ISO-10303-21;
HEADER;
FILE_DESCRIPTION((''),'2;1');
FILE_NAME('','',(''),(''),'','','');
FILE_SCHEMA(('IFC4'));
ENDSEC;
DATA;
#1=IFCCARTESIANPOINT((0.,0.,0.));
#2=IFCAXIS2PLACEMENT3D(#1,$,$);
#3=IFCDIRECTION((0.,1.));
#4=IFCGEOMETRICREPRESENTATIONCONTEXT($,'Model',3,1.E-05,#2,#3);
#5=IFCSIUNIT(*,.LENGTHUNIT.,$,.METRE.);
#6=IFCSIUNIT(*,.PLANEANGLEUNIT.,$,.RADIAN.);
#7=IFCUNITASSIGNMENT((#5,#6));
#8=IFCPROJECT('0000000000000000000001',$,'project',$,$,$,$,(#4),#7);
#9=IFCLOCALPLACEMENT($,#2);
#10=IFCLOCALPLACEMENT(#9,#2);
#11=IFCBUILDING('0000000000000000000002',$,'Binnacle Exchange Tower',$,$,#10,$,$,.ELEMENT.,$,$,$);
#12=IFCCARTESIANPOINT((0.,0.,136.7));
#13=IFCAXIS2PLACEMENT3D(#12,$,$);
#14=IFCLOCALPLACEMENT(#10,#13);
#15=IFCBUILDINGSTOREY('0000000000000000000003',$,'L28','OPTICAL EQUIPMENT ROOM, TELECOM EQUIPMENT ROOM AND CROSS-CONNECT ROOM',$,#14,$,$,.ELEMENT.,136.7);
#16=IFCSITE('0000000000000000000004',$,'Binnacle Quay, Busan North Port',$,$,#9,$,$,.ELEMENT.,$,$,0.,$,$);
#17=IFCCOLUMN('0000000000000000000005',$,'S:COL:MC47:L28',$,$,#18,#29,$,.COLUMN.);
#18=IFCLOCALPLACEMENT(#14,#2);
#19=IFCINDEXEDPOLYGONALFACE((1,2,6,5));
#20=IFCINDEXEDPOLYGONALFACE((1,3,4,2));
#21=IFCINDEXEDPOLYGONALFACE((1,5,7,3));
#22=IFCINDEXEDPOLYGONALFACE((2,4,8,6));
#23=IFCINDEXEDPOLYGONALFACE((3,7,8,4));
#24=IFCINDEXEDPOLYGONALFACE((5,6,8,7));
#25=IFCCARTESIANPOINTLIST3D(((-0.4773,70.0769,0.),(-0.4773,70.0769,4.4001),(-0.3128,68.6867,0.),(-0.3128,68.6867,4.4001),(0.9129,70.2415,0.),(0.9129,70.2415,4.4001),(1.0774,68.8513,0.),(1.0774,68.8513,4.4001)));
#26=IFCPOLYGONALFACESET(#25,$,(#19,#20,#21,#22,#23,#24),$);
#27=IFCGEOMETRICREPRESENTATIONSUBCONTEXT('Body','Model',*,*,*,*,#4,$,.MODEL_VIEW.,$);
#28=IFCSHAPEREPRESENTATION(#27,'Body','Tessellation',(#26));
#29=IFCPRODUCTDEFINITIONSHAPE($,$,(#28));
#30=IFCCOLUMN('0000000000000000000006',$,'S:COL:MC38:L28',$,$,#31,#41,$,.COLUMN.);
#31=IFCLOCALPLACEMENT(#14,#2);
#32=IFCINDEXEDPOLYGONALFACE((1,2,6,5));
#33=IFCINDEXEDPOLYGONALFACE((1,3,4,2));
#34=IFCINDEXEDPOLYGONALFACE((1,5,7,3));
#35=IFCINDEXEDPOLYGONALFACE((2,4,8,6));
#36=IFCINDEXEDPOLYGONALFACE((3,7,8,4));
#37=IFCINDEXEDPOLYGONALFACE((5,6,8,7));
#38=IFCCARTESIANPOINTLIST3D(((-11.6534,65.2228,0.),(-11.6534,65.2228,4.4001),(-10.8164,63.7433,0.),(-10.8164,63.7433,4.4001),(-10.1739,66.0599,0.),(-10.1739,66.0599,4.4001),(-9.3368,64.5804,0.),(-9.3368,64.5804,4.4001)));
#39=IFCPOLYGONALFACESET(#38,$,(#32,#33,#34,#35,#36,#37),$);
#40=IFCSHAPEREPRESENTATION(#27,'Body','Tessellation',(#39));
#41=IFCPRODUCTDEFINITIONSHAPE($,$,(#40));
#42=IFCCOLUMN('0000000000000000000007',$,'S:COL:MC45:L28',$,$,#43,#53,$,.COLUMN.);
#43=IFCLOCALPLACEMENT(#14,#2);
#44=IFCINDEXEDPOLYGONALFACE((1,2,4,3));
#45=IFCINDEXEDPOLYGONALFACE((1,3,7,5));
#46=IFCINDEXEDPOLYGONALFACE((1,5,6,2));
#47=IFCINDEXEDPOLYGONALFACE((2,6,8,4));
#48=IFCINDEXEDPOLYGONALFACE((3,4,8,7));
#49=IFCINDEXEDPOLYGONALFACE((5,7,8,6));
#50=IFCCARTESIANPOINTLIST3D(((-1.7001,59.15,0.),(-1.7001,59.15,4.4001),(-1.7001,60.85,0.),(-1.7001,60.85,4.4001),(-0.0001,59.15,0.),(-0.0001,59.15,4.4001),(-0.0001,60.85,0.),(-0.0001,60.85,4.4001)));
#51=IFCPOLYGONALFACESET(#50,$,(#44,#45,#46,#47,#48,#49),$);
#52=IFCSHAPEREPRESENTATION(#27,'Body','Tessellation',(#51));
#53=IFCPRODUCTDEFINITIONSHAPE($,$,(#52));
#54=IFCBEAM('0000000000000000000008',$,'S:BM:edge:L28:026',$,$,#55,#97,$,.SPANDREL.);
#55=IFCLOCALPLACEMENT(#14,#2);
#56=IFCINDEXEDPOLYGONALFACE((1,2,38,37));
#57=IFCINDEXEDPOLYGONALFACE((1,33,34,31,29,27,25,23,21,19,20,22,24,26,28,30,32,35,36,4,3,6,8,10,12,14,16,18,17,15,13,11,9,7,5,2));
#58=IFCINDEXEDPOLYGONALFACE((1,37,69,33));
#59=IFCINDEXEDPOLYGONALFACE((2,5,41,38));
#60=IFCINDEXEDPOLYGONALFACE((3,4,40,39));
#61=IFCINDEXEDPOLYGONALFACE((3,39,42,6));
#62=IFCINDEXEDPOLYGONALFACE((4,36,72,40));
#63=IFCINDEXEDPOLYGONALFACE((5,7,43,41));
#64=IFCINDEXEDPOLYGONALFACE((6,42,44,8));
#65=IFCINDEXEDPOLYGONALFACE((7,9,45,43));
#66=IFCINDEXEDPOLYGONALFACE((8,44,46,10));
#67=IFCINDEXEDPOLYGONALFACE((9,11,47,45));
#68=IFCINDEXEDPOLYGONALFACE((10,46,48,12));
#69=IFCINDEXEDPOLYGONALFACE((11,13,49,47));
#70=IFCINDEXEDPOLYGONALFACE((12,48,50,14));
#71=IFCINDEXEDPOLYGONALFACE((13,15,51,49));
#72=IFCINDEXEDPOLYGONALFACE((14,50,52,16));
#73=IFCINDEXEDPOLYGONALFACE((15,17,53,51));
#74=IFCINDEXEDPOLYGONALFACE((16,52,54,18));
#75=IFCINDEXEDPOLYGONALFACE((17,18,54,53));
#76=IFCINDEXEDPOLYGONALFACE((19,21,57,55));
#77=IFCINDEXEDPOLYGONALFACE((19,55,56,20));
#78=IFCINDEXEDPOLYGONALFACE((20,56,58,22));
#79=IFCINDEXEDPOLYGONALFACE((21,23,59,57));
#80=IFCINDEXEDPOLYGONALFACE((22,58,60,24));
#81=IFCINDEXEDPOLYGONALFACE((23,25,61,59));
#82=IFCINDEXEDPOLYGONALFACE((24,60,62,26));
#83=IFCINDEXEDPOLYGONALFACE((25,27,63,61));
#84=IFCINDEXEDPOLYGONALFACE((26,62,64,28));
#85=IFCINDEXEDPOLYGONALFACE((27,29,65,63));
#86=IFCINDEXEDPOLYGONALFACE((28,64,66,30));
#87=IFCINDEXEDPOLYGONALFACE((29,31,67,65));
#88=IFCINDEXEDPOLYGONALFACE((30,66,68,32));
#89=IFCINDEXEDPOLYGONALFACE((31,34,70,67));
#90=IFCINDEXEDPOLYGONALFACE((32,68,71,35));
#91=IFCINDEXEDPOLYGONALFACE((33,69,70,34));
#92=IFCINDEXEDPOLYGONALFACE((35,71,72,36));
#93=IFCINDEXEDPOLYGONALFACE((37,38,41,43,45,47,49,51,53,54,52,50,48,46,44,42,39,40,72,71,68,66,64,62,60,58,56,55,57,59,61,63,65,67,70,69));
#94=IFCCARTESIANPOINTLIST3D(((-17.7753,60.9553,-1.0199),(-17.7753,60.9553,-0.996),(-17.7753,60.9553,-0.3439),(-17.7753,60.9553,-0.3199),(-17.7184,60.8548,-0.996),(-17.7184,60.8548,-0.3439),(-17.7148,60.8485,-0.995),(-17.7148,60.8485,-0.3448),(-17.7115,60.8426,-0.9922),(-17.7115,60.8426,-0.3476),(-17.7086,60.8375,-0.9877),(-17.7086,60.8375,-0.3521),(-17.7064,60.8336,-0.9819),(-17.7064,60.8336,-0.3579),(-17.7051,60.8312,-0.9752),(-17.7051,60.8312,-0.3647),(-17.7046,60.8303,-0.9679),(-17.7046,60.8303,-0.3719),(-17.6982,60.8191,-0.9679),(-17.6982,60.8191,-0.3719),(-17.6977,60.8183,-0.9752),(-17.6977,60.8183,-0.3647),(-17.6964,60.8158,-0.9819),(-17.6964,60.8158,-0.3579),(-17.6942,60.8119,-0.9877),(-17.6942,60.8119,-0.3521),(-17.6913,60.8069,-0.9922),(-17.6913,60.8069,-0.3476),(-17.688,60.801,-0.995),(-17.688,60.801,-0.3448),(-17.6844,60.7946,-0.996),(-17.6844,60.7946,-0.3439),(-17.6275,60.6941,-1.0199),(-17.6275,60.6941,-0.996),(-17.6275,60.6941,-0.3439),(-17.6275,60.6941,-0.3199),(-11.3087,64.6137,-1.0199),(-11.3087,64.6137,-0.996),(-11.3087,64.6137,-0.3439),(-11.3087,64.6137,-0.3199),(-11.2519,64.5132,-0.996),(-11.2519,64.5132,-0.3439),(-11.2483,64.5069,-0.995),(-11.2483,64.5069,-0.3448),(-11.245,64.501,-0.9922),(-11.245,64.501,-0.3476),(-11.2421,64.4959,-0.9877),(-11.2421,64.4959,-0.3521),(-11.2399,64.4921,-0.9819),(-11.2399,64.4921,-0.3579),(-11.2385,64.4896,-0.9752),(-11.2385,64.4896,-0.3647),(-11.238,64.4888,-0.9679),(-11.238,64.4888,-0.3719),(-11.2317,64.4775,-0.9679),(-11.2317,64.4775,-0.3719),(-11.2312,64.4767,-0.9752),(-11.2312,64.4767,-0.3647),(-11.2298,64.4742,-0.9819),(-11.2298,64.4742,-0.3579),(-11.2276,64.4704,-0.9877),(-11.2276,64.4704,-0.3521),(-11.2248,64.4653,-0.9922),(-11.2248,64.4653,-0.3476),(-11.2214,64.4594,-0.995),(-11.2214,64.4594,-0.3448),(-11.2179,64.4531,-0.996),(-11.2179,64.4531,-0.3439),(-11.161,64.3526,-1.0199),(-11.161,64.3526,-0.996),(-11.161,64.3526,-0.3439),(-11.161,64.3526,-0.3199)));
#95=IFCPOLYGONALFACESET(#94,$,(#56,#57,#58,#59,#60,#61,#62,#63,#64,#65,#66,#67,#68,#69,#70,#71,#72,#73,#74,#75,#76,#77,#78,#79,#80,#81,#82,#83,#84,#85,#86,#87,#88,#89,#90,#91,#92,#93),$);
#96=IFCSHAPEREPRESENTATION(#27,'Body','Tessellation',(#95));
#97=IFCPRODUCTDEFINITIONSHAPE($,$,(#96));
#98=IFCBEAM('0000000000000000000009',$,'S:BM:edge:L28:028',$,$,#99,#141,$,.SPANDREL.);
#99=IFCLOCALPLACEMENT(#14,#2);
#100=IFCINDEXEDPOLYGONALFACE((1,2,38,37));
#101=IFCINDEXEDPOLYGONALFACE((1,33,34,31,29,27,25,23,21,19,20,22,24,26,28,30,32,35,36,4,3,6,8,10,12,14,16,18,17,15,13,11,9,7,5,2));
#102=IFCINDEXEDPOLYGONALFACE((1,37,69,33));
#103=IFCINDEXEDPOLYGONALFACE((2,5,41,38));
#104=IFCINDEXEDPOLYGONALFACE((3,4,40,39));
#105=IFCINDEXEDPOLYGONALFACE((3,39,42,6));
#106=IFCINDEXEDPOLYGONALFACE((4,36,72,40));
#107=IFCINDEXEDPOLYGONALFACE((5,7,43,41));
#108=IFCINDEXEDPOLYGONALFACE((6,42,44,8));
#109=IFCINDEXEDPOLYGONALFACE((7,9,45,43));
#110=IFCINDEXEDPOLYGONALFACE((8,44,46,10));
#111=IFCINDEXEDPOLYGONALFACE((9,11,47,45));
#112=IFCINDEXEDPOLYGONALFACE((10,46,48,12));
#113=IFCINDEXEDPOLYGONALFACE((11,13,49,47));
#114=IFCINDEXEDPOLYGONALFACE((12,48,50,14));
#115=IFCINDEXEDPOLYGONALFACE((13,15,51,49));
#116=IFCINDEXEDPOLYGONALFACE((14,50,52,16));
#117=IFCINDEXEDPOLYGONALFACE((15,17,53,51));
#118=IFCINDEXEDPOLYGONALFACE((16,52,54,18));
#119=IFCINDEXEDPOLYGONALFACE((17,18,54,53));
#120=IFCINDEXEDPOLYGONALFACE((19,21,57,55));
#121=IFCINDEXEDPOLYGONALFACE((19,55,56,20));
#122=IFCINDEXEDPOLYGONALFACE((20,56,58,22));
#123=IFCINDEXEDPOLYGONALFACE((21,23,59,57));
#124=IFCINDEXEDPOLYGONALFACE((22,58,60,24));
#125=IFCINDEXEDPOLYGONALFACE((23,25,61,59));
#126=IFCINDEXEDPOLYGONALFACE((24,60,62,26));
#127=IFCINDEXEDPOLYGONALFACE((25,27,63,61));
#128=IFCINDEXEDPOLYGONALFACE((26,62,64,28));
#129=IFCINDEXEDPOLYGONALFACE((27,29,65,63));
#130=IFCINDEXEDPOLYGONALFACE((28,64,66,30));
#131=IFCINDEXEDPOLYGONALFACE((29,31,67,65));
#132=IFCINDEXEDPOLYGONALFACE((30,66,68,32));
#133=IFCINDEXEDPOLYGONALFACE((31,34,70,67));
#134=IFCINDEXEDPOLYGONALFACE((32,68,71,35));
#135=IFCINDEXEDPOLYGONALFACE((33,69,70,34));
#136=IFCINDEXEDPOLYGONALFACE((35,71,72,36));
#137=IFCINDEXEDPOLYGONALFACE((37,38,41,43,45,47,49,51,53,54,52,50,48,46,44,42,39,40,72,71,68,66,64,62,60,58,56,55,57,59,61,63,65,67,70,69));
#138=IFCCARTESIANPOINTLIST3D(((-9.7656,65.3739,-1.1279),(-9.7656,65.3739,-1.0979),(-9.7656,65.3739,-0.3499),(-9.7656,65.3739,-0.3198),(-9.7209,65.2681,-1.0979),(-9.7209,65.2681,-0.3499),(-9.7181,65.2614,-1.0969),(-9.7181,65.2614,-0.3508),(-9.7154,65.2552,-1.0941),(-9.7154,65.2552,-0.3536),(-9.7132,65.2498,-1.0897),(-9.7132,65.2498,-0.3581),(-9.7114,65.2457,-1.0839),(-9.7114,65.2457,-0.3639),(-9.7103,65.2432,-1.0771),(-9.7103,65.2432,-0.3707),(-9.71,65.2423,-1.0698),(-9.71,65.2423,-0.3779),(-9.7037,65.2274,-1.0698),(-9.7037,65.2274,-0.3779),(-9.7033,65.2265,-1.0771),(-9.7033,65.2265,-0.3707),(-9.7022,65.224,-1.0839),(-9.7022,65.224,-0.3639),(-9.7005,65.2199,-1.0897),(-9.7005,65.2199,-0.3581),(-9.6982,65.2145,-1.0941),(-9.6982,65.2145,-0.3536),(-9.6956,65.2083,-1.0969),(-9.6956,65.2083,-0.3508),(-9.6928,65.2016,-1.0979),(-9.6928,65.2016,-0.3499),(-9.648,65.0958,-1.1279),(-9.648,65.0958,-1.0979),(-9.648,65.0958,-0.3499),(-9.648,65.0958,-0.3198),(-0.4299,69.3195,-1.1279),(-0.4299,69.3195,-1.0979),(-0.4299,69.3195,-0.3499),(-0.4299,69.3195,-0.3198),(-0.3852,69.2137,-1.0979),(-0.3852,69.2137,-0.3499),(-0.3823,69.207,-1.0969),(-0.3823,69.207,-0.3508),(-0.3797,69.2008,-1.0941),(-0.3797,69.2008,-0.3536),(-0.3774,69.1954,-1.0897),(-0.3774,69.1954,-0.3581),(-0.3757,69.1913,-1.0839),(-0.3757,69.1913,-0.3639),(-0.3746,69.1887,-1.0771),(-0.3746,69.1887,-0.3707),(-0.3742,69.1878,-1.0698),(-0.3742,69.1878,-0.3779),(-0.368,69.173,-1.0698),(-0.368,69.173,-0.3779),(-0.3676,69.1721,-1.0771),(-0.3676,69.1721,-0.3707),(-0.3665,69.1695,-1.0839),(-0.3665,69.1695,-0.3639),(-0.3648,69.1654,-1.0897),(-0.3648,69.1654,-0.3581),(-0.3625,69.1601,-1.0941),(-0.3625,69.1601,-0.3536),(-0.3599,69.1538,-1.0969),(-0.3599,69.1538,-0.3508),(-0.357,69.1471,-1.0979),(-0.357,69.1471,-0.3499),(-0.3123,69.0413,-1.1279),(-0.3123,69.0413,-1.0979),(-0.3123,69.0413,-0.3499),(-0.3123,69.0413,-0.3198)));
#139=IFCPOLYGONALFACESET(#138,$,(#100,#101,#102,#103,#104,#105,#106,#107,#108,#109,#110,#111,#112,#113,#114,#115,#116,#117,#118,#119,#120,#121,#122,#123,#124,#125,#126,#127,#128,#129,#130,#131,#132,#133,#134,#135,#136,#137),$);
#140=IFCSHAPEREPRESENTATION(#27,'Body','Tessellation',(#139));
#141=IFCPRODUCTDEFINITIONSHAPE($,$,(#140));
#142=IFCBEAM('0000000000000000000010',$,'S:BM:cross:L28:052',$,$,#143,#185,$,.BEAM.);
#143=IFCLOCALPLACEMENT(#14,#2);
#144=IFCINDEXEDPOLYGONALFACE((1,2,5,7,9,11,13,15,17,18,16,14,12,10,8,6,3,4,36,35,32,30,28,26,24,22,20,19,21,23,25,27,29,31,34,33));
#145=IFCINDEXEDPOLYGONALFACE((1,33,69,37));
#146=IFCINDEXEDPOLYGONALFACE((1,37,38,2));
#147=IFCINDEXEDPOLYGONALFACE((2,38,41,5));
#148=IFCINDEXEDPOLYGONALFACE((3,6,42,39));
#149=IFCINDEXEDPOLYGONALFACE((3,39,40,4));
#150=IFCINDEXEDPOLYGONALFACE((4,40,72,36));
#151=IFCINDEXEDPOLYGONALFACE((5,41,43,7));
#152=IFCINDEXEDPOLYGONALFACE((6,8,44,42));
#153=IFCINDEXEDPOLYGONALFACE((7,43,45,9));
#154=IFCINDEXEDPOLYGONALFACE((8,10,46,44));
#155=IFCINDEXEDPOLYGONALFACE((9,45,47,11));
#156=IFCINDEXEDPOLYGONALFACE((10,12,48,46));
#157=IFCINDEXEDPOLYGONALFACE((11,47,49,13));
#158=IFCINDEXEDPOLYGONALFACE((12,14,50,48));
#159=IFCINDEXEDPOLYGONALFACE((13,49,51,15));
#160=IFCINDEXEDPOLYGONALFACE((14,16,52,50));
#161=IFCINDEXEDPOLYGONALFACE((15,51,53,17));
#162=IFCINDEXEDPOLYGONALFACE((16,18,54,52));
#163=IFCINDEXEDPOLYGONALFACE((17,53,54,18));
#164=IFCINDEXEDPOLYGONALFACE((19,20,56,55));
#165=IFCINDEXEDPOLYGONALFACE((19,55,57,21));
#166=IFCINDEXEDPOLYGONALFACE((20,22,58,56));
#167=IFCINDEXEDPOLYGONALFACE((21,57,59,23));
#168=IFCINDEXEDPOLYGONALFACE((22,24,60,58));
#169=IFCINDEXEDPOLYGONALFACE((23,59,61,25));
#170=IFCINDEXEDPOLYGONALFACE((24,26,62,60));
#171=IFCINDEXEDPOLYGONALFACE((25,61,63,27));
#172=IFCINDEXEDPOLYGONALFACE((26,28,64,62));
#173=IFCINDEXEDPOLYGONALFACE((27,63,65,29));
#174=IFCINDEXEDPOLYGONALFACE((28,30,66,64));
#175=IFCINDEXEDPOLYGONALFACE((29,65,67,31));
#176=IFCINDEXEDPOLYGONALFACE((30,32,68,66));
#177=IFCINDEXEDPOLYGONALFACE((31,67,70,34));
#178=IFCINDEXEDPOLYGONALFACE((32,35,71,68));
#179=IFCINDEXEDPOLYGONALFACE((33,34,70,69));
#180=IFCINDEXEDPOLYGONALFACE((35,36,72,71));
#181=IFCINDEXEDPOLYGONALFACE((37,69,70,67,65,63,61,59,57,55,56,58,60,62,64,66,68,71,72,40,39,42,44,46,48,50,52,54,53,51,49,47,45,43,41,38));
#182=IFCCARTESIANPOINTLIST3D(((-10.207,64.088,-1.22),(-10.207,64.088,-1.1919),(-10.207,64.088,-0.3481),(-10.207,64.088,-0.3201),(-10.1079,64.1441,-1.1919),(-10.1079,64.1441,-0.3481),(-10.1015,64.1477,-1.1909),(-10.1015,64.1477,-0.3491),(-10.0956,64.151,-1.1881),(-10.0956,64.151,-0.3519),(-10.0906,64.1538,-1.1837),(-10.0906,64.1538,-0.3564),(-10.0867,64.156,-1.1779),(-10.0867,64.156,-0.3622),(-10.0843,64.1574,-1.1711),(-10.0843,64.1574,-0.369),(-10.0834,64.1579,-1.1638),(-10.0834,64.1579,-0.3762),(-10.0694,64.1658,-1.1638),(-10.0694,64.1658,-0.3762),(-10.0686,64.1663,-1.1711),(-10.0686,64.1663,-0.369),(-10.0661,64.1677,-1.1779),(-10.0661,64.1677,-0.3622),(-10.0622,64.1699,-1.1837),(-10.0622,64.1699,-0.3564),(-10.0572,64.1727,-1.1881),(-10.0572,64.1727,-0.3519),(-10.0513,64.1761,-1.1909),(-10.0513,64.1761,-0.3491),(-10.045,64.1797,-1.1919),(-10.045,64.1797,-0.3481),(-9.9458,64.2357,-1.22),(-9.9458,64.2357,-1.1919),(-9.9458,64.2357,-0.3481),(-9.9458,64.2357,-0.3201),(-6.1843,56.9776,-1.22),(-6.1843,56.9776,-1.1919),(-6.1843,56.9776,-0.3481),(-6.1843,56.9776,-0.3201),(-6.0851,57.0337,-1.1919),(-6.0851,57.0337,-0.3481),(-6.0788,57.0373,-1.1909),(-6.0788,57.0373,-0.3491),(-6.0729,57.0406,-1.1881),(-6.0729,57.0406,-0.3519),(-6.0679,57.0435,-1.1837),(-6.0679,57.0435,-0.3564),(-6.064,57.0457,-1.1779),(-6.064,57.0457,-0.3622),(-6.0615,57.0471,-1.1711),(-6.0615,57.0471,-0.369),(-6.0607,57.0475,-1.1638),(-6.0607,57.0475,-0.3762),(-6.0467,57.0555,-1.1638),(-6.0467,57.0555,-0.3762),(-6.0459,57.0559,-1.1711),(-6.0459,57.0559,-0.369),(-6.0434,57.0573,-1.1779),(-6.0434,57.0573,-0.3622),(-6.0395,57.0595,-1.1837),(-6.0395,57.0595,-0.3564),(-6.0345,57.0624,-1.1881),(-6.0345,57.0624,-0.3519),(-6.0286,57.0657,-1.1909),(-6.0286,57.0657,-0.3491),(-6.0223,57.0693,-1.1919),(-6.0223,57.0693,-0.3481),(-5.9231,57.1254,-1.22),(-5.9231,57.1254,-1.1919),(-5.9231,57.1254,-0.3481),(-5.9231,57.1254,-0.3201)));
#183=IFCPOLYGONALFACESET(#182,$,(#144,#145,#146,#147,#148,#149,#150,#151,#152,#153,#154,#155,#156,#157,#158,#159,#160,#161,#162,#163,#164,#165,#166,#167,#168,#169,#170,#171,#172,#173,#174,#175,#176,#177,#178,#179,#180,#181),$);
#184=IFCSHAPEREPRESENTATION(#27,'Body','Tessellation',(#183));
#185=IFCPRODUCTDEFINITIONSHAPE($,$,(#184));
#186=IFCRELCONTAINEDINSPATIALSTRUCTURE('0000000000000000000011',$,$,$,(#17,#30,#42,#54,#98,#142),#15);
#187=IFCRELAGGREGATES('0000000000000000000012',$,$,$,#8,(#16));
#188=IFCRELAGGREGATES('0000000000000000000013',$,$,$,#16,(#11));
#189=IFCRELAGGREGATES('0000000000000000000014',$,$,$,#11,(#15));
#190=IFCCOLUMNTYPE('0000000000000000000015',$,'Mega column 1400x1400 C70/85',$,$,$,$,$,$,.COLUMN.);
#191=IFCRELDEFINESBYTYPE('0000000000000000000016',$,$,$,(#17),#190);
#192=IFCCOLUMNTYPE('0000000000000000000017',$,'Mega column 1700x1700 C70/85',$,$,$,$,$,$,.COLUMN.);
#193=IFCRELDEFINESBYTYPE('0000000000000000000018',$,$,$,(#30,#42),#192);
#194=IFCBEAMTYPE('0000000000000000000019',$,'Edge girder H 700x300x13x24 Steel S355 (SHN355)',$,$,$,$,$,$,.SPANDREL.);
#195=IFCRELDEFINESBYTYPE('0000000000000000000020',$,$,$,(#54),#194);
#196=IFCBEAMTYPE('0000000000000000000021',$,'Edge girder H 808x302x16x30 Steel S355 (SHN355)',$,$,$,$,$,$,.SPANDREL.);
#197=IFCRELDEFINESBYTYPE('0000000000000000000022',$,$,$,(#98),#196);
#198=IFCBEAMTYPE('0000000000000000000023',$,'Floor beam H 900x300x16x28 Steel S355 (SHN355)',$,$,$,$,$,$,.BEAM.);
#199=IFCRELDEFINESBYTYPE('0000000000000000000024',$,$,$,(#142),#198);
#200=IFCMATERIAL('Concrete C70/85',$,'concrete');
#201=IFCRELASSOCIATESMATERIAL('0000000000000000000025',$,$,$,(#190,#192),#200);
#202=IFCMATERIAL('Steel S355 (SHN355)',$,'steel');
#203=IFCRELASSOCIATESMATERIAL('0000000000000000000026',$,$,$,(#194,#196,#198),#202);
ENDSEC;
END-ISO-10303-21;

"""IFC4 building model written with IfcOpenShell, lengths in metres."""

from ifc_helpers import new_model, si_unit, direction, frame, origin, origin_2d, place, context, subcontext, project, spatial, rectangle, i_section, extrude, material, material_profile, profile_set, type_object, element, save


model = new_model("IFC4")

# Units and contexts
model_context = context("Model", 3, precision=1e-05, world=origin(), true_north=direction((0.0, 1.0)))
body_context = subcontext(model_context, "Body", "Model", "MODEL_VIEW")
ifc_project = project(units=[si_unit("LENGTHUNIT", "METRE"), si_unit("PLANEANGLEUNIT", "RADIAN")], contexts=[model_context])

# Site, building, storey
site_placement = place(None, origin())
site = spatial("IfcSite", under=ifc_project, at=site_placement, Name="Binnacle Quay, Busan North Port", CompositionType="ELEMENT", RefElevation=0.0)
building_placement = place(site_placement, origin())
building = spatial("IfcBuilding", under=site, at=building_placement, Name="Binnacle Exchange Tower", CompositionType="ELEMENT")
storey_placement = place(building_placement, frame((0.0, 0.0, 136.7)))
storey = spatial("IfcBuildingStorey", under=building, at=storey_placement, Name="L28", Description="OPTICAL EQUIPMENT ROOM, TELECOM EQUIPMENT ROOM AND CROSS-CONNECT ROOM", CompositionType="ELEMENT", Elevation=136.7)

# Columns
ifc_material_1 = material(Name="Concrete C70/85", Category="concrete")
ifc_material_profile_1 = material_profile(ifc_material_1, rectangle(XDim=1.3999, YDim=1.3999, at=origin_2d()), Name="Mega column 1400x1400 C70/85")
ifc_profile_set_1 = profile_set([ifc_material_profile_1], Name="Concrete C70/85")
column_type_1 = type_object("IfcColumnType", Name="Mega column 1400x1400 C70/85", PredefinedType="COLUMN", material=ifc_profile_set_1)
column_placement = place(storey_placement, frame((0.3, 69.4641, 0.0), z_axis=(0.0, 0.0, 1.0), x_axis=(-0.993068, -0.117537, 0.0)))
element("IfcColumn", 1, at=column_placement, inside=storey, type_object=column_type_1, Name="S:COL:MC47:L28", PredefinedType="COLUMN", context=body_context, shape_type="SweptSolid", body=[
    extrude(rectangle(XDim=1.3999, YDim=1.3999, at=origin_2d()), origin(), (0.0, 0.0, 1.0), 4.4001),
])
ifc_material_profile_2 = material_profile(ifc_material_1, rectangle(XDim=1.7, YDim=1.7, at=origin_2d()), Name="Mega column 1700x1700 C70/85")
ifc_profile_set_2 = profile_set([ifc_material_profile_2], Name="Concrete C70/85")
column_type_2 = type_object("IfcColumnType", Name="Mega column 1700x1700 C70/85", PredefinedType="COLUMN", material=ifc_profile_set_2)
for number, where, z_axis, x_axis, name in (
    (2, (-10.4951, 64.9016, 0.0), (0.0, 0.0, 1.0), (-0.870356, -0.492424, 0.0), "S:COL:MC38:L28"),
    (3, (-0.8501, 60.0, 0.0), (0.0, 0.0, 1.0), (0.0, 1.0, 0.0), "S:COL:MC45:L28"),
):
    element("IfcColumn", number, at=place(storey_placement, frame(where, z_axis=z_axis, x_axis=x_axis)), inside=storey, type_object=column_type_2, Name=name, PredefinedType="COLUMN", context=body_context, shape_type="SweptSolid", body=[
        extrude(rectangle(XDim=1.7, YDim=1.7, at=origin_2d()), origin(), (0.0, 0.0, 1.0), 4.4001),
    ])

# Beams
ifc_material_2 = material(Name="Steel S355 (SHN355)", Category="steel")
ifc_material_profile_3 = material_profile(ifc_material_2, i_section(OverallWidth=0.3, OverallDepth=0.7, WebThickness=0.0129, FlangeThickness=0.0239, FilletRadius=0.0281, at=origin_2d()), Name="H 700x300x13x24")
ifc_profile_set_3 = profile_set([ifc_material_profile_3], Name="Steel S355 (SHN355)")
beam_type_1 = type_object("IfcBeamType", Name="Edge girder H 700x300x13x24 Steel S355 (SHN355)", PredefinedType="SPANDREL", material=ifc_profile_set_3)
beam_1_placement = place(storey_placement, frame((-11.2349, 64.4832, -0.6699), z_axis=(-0.870364, -0.492408, 0.0), x_axis=(0.492408, -0.870364, 0.0)))
element("IfcBeam", 4, at=beam_1_placement, inside=storey, type_object=beam_type_1, Name="S:BM:edge:L28:026", PredefinedType="SPANDREL", context=body_context, shape_type="SweptSolid", body=[
    extrude(i_section(OverallWidth=0.3, OverallDepth=0.7, WebThickness=0.0129, FlangeThickness=0.0239, FilletRadius=0.0281, at=origin_2d()), origin(), (0.0, 0.0, 1.0), 7.4297),
])
ifc_material_profile_4 = material_profile(ifc_material_2, i_section(OverallWidth=0.302, OverallDepth=0.8081, WebThickness=0.0161, FlangeThickness=0.03, FilletRadius=0.0281, at=origin_2d()), Name="H 808x302x16x30")
ifc_profile_set_4 = profile_set([ifc_material_profile_4], Name="Steel S355 (SHN355)")
beam_type_2 = type_object("IfcBeamType", Name="Edge girder H 808x302x16x30 Steel S355 (SHN355)", PredefinedType="SPANDREL", material=ifc_profile_set_4)
beam_2_placement = place(storey_placement, frame((-0.3711, 69.1804, -0.7239), z_axis=(-0.921114, -0.389292, 0.0), x_axis=(0.389292, -0.921114, 0.0)))
element("IfcBeam", 5, at=beam_2_placement, inside=storey, type_object=beam_type_2, Name="S:BM:edge:L28:028", PredefinedType="SPANDREL", context=body_context, shape_type="SweptSolid", body=[
    extrude(i_section(OverallWidth=0.302, OverallDepth=0.8081, WebThickness=0.0161, FlangeThickness=0.03, FilletRadius=0.0281, at=origin_2d()), origin(), (0.0, 0.0, 1.0), 10.1353),
])
ifc_material_profile_5 = material_profile(ifc_material_2, i_section(OverallWidth=0.3, OverallDepth=0.8999, WebThickness=0.0161, FlangeThickness=0.0281, FilletRadius=0.0281, at=origin_2d()), Name="H 900x300x16x28")
ifc_profile_set_5 = profile_set([ifc_material_profile_5], Name="Steel S355 (SHN355)")
beam_type_3 = type_object("IfcBeamType", Name="Floor beam H 900x300x16x28 Steel S355 (SHN355)", PredefinedType="BEAM", material=ifc_profile_set_5)
beam_3_placement = place(storey_placement, frame((-10.0764, 64.1619, -0.77), z_axis=(0.492411, -0.870363, 0.0), x_axis=(0.870363, 0.492411, 0.0)))
element("IfcBeam", 6, at=beam_3_placement, inside=storey, type_object=beam_type_3, Name="S:BM:cross:L28:052", PredefinedType="BEAM", context=body_context, shape_type="SweptSolid", body=[
    extrude(i_section(OverallWidth=0.3, OverallDepth=0.8999, WebThickness=0.0161, FlangeThickness=0.0281, FilletRadius=0.0281, at=origin_2d()), origin(), (0.0, 0.0, 1.0), 8.1694),
])

save(model, "model.ifc")
